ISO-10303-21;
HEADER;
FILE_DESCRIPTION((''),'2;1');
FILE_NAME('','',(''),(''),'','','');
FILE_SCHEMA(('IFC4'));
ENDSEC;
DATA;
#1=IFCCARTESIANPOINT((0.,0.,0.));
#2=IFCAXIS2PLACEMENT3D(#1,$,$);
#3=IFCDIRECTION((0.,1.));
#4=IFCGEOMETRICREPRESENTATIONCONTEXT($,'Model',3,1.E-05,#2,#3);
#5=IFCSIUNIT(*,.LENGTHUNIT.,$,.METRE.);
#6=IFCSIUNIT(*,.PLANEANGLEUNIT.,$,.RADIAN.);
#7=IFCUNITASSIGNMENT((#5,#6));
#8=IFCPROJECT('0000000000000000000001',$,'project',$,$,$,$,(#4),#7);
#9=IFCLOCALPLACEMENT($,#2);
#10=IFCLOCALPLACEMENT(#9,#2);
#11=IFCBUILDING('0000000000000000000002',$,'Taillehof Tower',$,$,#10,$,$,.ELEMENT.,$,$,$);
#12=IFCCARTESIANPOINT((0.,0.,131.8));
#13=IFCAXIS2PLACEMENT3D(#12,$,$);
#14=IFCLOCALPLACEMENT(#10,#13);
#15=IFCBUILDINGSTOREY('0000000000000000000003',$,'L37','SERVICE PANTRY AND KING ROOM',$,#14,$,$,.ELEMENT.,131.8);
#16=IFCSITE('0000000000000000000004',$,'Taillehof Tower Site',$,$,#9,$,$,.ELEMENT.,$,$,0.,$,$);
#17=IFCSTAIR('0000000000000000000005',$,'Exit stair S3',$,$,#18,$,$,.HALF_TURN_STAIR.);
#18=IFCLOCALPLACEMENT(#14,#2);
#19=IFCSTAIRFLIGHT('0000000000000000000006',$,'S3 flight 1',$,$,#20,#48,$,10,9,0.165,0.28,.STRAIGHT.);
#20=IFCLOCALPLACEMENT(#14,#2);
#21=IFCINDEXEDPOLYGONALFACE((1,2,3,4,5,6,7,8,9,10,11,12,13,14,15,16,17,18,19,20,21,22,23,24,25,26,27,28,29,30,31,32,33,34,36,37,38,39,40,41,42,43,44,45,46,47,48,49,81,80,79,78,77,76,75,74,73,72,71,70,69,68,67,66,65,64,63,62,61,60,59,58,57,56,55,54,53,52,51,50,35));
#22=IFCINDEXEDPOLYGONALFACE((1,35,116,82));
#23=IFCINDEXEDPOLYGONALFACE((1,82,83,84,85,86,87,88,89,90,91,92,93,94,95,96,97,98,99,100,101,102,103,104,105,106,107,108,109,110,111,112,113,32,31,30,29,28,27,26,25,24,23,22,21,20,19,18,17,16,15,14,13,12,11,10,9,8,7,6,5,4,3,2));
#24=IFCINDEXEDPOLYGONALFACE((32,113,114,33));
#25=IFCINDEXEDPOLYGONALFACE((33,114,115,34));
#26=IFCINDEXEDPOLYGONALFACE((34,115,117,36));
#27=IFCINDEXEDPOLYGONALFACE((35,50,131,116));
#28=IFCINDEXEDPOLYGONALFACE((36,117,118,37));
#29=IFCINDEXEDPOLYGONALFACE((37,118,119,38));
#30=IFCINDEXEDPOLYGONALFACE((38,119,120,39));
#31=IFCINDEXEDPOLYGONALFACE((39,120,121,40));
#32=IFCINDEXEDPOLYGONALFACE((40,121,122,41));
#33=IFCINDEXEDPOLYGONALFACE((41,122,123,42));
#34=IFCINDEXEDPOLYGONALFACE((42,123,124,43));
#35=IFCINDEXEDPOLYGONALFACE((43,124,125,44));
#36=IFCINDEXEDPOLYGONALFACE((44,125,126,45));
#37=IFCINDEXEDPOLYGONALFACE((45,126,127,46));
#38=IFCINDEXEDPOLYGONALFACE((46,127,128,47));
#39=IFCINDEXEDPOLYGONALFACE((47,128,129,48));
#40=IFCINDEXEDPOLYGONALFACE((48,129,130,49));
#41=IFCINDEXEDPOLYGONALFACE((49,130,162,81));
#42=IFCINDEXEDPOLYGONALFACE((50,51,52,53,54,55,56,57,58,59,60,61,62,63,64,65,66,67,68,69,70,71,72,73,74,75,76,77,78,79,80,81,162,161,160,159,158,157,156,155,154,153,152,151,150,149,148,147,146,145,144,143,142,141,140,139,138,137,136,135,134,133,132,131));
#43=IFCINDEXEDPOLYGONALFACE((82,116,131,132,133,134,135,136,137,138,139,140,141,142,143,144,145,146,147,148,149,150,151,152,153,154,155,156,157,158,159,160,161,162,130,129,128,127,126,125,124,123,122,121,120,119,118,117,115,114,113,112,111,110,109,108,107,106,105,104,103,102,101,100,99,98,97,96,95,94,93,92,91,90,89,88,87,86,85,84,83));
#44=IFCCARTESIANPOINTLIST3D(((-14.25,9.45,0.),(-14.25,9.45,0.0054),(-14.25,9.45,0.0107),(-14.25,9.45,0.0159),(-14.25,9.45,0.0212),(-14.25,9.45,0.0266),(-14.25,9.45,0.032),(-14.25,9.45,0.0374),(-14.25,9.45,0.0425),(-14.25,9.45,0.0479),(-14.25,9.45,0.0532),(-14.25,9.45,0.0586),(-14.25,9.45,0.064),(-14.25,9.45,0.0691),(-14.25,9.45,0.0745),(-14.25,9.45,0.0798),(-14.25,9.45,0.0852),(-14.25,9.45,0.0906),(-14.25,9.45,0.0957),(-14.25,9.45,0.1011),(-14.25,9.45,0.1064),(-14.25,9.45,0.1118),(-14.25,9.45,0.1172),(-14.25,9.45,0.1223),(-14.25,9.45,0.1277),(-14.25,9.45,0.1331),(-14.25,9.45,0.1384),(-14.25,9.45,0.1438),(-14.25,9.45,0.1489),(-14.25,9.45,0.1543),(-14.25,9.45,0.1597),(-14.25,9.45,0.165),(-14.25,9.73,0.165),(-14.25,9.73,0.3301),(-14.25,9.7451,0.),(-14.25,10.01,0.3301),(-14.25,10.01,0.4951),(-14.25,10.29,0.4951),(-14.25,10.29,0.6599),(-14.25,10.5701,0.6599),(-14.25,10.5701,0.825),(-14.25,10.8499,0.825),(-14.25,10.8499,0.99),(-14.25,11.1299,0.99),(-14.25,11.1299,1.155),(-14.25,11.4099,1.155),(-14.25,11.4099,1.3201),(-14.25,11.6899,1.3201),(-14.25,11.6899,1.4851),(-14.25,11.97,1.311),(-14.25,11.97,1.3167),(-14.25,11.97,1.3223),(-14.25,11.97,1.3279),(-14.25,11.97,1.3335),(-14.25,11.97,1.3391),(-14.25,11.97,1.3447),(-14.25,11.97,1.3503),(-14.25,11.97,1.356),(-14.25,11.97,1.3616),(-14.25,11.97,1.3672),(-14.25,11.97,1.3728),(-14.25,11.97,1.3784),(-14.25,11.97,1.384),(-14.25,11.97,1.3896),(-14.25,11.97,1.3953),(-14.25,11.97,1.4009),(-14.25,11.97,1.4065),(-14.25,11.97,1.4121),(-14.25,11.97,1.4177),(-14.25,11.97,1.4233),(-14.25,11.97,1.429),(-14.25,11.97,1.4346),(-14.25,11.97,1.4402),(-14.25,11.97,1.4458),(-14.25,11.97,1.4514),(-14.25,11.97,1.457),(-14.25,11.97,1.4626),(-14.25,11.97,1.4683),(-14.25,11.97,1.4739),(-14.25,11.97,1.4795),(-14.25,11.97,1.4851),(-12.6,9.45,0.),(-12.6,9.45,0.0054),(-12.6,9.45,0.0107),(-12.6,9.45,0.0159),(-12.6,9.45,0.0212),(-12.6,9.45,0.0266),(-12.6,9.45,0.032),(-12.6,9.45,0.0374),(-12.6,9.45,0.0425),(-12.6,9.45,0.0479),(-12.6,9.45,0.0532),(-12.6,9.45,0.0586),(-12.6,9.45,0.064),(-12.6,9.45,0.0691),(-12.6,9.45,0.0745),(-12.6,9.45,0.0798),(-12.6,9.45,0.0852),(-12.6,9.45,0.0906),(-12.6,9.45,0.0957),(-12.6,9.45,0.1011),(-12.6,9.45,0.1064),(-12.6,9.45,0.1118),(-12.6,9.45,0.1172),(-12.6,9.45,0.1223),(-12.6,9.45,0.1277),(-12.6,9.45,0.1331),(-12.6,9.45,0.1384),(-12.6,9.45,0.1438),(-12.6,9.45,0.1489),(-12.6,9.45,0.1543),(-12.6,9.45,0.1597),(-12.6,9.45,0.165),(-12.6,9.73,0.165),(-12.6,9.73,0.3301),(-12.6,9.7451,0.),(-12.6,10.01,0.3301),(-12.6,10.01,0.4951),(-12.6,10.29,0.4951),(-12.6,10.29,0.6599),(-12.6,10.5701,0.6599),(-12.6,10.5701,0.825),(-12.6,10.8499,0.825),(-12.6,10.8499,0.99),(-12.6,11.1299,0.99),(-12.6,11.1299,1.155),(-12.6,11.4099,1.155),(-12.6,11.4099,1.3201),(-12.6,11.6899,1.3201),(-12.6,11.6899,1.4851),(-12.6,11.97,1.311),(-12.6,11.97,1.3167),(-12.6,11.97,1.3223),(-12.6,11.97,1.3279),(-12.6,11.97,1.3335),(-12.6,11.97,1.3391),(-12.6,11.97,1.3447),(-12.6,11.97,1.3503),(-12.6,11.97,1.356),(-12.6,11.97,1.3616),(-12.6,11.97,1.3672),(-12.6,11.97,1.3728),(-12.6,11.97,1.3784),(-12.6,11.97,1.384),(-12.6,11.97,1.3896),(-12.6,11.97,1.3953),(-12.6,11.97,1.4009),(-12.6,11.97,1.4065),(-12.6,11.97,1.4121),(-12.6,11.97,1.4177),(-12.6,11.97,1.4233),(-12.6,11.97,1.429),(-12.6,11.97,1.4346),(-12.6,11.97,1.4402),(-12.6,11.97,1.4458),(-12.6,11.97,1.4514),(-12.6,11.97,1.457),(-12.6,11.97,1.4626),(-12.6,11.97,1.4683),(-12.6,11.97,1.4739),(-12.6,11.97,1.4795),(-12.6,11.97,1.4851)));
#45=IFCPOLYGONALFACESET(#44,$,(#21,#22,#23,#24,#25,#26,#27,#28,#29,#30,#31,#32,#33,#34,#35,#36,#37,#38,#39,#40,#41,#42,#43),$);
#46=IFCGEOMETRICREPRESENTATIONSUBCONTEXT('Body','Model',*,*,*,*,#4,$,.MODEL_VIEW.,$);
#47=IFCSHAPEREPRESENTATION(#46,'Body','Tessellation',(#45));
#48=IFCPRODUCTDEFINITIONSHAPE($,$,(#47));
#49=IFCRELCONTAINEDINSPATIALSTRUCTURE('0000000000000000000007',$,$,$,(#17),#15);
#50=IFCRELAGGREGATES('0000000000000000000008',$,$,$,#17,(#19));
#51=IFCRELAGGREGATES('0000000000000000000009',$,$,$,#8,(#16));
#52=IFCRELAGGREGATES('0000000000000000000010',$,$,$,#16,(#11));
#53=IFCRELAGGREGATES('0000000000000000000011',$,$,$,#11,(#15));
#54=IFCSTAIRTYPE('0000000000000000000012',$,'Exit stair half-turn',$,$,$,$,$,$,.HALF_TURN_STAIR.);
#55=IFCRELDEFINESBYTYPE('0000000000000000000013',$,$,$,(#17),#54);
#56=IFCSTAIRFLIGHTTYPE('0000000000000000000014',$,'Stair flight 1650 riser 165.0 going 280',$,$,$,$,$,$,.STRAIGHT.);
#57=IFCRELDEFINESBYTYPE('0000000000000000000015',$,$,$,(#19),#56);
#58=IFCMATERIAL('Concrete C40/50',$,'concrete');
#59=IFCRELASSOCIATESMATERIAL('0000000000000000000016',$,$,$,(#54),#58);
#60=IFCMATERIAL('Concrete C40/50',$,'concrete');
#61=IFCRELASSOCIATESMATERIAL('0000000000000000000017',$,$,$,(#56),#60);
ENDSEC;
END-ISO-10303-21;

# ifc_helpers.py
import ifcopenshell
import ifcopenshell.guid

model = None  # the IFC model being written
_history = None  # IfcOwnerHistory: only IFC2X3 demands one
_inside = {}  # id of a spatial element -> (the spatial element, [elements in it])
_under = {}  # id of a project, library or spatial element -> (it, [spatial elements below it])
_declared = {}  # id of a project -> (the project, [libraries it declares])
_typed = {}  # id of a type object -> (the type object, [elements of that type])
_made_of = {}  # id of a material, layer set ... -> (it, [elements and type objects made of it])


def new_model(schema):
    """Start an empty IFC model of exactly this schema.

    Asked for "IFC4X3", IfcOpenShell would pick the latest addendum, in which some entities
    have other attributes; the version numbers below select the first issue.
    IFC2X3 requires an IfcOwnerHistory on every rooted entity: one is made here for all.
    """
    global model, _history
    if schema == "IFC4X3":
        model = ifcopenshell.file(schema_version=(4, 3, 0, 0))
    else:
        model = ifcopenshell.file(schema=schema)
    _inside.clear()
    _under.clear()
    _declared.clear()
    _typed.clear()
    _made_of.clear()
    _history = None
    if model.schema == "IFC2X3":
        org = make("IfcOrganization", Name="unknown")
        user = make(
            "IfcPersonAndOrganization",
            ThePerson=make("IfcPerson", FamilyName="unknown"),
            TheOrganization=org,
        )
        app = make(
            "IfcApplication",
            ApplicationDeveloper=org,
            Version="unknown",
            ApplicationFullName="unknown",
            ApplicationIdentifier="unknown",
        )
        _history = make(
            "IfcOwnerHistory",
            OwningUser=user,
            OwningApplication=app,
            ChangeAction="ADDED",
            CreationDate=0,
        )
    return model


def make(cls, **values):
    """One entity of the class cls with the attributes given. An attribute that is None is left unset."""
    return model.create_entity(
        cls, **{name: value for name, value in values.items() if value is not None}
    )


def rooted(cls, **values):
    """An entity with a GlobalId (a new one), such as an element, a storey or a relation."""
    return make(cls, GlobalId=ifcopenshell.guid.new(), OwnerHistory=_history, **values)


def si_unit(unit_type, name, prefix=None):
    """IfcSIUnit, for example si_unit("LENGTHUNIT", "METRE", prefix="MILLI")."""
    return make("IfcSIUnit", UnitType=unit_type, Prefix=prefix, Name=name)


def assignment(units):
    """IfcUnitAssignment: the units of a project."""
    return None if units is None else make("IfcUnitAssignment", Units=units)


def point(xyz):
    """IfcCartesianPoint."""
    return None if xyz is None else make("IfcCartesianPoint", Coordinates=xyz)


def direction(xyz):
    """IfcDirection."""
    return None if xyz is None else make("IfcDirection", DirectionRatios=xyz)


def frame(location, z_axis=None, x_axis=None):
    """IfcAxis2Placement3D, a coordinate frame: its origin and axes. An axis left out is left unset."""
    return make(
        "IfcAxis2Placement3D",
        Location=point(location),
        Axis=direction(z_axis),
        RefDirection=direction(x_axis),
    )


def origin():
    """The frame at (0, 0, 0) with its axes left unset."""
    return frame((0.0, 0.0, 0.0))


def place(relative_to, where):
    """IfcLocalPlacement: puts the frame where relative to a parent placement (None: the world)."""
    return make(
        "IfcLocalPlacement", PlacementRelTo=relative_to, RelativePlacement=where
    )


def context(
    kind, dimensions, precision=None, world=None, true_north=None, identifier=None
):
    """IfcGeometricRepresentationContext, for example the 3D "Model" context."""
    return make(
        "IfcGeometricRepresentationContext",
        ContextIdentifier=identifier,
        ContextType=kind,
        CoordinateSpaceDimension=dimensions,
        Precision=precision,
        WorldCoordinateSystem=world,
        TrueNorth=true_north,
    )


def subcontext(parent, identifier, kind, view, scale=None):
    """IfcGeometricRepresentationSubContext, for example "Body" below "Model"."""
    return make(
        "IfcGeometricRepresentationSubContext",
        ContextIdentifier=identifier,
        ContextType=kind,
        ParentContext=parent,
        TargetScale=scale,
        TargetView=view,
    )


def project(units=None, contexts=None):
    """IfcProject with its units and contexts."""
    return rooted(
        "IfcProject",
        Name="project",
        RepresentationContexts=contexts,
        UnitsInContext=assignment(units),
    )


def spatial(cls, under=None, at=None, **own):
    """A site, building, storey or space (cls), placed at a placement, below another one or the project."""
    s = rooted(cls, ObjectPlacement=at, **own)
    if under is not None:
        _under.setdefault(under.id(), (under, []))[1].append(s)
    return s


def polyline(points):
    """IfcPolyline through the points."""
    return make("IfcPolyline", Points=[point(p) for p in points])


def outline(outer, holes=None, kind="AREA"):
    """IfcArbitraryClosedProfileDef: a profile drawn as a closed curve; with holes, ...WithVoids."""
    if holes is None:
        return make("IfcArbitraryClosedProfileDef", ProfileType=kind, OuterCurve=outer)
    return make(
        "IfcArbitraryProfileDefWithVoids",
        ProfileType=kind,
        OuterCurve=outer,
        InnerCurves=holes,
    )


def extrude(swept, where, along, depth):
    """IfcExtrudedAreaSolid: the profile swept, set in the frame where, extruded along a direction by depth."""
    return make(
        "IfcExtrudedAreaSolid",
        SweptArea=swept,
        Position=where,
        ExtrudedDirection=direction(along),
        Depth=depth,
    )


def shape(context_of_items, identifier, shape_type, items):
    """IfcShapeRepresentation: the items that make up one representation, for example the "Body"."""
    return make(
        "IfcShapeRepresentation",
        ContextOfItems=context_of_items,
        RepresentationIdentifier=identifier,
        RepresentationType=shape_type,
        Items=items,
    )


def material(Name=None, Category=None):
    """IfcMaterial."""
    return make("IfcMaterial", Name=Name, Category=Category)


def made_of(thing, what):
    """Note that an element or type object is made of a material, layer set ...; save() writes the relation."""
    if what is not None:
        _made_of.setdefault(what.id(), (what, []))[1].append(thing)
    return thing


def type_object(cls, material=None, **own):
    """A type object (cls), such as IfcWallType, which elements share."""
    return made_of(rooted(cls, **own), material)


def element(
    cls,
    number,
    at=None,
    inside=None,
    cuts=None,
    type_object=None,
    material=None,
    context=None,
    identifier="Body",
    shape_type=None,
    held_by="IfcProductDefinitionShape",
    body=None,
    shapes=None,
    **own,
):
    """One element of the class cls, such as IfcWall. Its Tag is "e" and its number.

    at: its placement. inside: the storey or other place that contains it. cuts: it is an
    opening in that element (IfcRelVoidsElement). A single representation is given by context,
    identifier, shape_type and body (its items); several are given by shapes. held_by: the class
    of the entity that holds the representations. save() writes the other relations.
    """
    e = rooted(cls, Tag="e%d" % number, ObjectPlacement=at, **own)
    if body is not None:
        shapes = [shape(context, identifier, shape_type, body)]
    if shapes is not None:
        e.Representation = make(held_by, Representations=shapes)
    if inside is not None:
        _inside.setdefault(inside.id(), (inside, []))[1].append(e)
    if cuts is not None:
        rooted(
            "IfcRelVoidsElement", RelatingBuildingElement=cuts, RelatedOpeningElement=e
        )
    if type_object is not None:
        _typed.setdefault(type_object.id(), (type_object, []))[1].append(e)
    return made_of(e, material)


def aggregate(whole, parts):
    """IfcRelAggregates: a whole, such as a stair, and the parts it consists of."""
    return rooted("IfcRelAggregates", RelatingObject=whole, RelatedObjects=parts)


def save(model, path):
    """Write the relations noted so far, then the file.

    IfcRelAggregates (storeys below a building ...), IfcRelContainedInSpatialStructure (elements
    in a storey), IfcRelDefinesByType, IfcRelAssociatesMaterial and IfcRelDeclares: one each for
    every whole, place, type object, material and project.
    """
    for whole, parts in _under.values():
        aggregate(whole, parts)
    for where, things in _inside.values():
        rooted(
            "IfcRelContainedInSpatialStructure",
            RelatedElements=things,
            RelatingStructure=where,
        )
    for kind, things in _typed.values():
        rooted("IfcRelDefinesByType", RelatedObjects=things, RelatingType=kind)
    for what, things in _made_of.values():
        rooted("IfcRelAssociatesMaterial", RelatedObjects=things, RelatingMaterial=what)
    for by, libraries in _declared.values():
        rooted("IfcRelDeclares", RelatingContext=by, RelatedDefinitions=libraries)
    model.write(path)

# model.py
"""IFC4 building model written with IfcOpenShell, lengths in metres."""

from ifc_helpers import new_model, si_unit, direction, frame, origin, place, context, subcontext, project, spatial, polyline, outline, extrude, material, type_object, element, aggregate, save


model = new_model("IFC4")

# Units and contexts
model_context = context("Model", 3, precision=1e-05, world=origin(), true_north=direction((0.0, 1.0)))
body_context = subcontext(model_context, "Body", "Model", "MODEL_VIEW")
ifc_project = project(units=[si_unit("LENGTHUNIT", "METRE"), si_unit("PLANEANGLEUNIT", "RADIAN")], contexts=[model_context])

# Site, building, storey
site_placement = place(None, origin())
site = spatial("IfcSite", under=ifc_project, at=site_placement, Name="Taillehof Tower Site", CompositionType="ELEMENT", RefElevation=0.0)
building_placement = place(site_placement, origin())
building = spatial("IfcBuilding", under=site, at=building_placement, Name="Taillehof Tower", CompositionType="ELEMENT")
storey_placement = place(building_placement, frame((0.0, 0.0, 131.8)))
storey = spatial("IfcBuildingStorey", under=building, at=storey_placement, Name="L37", Description="SERVICE PANTRY AND KING ROOM", CompositionType="ELEMENT", Elevation=131.8)

# Stair, stair flight
ifc_material_1 = material(Name="Concrete C40/50", Category="concrete")
stair_type = type_object("IfcStairType", Name="Exit stair half-turn", PredefinedType="HALF_TURN_STAIR", material=ifc_material_1)
stair_placement = place(storey_placement, origin())
stair = element("IfcStair", 1, at=stair_placement, inside=storey, type_object=stair_type, Name="Exit stair S3", PredefinedType="HALF_TURN_STAIR")
ifc_material_2 = material(Name="Concrete C40/50", Category="concrete")
stair_flight_type = type_object("IfcStairFlightType", Name="Stair flight 1650 riser 165.0 going 280", PredefinedType="STRAIGHT", material=ifc_material_2)
stair_flight_placement = place(storey_placement, frame((-13.425, 9.45, 0.0), z_axis=(0.0, 0.0, 1.0), x_axis=(0.0, 1.0, 0.0)))
stair_flight = element("IfcStairFlight", 2, at=stair_flight_placement, type_object=stair_flight_type, Name="S3 flight 1", NumberOfRisers=10, NumberOfTreads=9, PredefinedType="STRAIGHT", RiserHeight=0.165, TreadLength=0.28, context=body_context, shape_type="SweptSolid", body=[
    extrude(outline(polyline([(0.0, 0.0), (0.0, 0.0054), (0.0, 0.0107), (0.0, 0.0159), (0.0, 0.0212), (0.0, 0.0266), (0.0, 0.032), (0.0, 0.0374), (0.0, 0.0425), (0.0, 0.0479), (0.0, 0.0532), (0.0, 0.0586), (0.0, 0.064), (0.0, 0.0691), (0.0, 0.0745), (0.0, 0.0798), (0.0, 0.0852), (0.0, 0.0906), (0.0, 0.0957), (0.0, 0.1011), (0.0, 0.1064), (0.0, 0.1118), (0.0, 0.1172), (0.0, 0.1223), (0.0, 0.1277), (0.0, 0.1331), (0.0, 0.1384), (0.0, 0.1438), (0.0, 0.1489), (0.0, 0.1543), (0.0, 0.1597), (0.0, 0.165), (0.28, 0.165), (0.28, 0.3301), (0.5601, 0.3301), (0.5601, 0.4951), (0.8401, 0.4951), (0.8401, 0.6599), (1.1201, 0.6599), (1.1201, 0.825), (1.3999, 0.825), (1.3999, 0.99), (1.6799, 0.99), (1.6799, 1.155), (1.96, 1.155), (1.96, 1.3201), (2.24, 1.3201), (2.24, 1.4851), (2.52, 1.4851), (2.52, 1.4795), (2.52, 1.4739), (2.52, 1.4683), (2.52, 1.4626), (2.52, 1.457), (2.52, 1.4514), (2.52, 1.4458), (2.52, 1.4402), (2.52, 1.4346), (2.52, 1.429), (2.52, 1.4233), (2.52, 1.4177), (2.52, 1.4121), (2.52, 1.4065), (2.52, 1.4009), (2.52, 1.3953), (2.52, 1.3896), (2.52, 1.384), (2.52, 1.3784), (2.52, 1.3728), (2.52, 1.3672), (2.52, 1.3616), (2.52, 1.356), (2.52, 1.3503), (2.52, 1.3447), (2.52, 1.3391), (2.52, 1.3335), (2.52, 1.3279), (2.52, 1.3223), (2.52, 1.3167), (2.52, 1.311), (0.2952, 0.0), (0.0, 0.0)])), frame((0.0, 0.825, 0.0), z_axis=(0.0, -1.0, 0.0), x_axis=(1.0, 0.0, 0.0)), (0.0, 0.0, 1.0), 1.65),
])
aggregate(stair, [stair_flight])

save(model, "model.ifc")
